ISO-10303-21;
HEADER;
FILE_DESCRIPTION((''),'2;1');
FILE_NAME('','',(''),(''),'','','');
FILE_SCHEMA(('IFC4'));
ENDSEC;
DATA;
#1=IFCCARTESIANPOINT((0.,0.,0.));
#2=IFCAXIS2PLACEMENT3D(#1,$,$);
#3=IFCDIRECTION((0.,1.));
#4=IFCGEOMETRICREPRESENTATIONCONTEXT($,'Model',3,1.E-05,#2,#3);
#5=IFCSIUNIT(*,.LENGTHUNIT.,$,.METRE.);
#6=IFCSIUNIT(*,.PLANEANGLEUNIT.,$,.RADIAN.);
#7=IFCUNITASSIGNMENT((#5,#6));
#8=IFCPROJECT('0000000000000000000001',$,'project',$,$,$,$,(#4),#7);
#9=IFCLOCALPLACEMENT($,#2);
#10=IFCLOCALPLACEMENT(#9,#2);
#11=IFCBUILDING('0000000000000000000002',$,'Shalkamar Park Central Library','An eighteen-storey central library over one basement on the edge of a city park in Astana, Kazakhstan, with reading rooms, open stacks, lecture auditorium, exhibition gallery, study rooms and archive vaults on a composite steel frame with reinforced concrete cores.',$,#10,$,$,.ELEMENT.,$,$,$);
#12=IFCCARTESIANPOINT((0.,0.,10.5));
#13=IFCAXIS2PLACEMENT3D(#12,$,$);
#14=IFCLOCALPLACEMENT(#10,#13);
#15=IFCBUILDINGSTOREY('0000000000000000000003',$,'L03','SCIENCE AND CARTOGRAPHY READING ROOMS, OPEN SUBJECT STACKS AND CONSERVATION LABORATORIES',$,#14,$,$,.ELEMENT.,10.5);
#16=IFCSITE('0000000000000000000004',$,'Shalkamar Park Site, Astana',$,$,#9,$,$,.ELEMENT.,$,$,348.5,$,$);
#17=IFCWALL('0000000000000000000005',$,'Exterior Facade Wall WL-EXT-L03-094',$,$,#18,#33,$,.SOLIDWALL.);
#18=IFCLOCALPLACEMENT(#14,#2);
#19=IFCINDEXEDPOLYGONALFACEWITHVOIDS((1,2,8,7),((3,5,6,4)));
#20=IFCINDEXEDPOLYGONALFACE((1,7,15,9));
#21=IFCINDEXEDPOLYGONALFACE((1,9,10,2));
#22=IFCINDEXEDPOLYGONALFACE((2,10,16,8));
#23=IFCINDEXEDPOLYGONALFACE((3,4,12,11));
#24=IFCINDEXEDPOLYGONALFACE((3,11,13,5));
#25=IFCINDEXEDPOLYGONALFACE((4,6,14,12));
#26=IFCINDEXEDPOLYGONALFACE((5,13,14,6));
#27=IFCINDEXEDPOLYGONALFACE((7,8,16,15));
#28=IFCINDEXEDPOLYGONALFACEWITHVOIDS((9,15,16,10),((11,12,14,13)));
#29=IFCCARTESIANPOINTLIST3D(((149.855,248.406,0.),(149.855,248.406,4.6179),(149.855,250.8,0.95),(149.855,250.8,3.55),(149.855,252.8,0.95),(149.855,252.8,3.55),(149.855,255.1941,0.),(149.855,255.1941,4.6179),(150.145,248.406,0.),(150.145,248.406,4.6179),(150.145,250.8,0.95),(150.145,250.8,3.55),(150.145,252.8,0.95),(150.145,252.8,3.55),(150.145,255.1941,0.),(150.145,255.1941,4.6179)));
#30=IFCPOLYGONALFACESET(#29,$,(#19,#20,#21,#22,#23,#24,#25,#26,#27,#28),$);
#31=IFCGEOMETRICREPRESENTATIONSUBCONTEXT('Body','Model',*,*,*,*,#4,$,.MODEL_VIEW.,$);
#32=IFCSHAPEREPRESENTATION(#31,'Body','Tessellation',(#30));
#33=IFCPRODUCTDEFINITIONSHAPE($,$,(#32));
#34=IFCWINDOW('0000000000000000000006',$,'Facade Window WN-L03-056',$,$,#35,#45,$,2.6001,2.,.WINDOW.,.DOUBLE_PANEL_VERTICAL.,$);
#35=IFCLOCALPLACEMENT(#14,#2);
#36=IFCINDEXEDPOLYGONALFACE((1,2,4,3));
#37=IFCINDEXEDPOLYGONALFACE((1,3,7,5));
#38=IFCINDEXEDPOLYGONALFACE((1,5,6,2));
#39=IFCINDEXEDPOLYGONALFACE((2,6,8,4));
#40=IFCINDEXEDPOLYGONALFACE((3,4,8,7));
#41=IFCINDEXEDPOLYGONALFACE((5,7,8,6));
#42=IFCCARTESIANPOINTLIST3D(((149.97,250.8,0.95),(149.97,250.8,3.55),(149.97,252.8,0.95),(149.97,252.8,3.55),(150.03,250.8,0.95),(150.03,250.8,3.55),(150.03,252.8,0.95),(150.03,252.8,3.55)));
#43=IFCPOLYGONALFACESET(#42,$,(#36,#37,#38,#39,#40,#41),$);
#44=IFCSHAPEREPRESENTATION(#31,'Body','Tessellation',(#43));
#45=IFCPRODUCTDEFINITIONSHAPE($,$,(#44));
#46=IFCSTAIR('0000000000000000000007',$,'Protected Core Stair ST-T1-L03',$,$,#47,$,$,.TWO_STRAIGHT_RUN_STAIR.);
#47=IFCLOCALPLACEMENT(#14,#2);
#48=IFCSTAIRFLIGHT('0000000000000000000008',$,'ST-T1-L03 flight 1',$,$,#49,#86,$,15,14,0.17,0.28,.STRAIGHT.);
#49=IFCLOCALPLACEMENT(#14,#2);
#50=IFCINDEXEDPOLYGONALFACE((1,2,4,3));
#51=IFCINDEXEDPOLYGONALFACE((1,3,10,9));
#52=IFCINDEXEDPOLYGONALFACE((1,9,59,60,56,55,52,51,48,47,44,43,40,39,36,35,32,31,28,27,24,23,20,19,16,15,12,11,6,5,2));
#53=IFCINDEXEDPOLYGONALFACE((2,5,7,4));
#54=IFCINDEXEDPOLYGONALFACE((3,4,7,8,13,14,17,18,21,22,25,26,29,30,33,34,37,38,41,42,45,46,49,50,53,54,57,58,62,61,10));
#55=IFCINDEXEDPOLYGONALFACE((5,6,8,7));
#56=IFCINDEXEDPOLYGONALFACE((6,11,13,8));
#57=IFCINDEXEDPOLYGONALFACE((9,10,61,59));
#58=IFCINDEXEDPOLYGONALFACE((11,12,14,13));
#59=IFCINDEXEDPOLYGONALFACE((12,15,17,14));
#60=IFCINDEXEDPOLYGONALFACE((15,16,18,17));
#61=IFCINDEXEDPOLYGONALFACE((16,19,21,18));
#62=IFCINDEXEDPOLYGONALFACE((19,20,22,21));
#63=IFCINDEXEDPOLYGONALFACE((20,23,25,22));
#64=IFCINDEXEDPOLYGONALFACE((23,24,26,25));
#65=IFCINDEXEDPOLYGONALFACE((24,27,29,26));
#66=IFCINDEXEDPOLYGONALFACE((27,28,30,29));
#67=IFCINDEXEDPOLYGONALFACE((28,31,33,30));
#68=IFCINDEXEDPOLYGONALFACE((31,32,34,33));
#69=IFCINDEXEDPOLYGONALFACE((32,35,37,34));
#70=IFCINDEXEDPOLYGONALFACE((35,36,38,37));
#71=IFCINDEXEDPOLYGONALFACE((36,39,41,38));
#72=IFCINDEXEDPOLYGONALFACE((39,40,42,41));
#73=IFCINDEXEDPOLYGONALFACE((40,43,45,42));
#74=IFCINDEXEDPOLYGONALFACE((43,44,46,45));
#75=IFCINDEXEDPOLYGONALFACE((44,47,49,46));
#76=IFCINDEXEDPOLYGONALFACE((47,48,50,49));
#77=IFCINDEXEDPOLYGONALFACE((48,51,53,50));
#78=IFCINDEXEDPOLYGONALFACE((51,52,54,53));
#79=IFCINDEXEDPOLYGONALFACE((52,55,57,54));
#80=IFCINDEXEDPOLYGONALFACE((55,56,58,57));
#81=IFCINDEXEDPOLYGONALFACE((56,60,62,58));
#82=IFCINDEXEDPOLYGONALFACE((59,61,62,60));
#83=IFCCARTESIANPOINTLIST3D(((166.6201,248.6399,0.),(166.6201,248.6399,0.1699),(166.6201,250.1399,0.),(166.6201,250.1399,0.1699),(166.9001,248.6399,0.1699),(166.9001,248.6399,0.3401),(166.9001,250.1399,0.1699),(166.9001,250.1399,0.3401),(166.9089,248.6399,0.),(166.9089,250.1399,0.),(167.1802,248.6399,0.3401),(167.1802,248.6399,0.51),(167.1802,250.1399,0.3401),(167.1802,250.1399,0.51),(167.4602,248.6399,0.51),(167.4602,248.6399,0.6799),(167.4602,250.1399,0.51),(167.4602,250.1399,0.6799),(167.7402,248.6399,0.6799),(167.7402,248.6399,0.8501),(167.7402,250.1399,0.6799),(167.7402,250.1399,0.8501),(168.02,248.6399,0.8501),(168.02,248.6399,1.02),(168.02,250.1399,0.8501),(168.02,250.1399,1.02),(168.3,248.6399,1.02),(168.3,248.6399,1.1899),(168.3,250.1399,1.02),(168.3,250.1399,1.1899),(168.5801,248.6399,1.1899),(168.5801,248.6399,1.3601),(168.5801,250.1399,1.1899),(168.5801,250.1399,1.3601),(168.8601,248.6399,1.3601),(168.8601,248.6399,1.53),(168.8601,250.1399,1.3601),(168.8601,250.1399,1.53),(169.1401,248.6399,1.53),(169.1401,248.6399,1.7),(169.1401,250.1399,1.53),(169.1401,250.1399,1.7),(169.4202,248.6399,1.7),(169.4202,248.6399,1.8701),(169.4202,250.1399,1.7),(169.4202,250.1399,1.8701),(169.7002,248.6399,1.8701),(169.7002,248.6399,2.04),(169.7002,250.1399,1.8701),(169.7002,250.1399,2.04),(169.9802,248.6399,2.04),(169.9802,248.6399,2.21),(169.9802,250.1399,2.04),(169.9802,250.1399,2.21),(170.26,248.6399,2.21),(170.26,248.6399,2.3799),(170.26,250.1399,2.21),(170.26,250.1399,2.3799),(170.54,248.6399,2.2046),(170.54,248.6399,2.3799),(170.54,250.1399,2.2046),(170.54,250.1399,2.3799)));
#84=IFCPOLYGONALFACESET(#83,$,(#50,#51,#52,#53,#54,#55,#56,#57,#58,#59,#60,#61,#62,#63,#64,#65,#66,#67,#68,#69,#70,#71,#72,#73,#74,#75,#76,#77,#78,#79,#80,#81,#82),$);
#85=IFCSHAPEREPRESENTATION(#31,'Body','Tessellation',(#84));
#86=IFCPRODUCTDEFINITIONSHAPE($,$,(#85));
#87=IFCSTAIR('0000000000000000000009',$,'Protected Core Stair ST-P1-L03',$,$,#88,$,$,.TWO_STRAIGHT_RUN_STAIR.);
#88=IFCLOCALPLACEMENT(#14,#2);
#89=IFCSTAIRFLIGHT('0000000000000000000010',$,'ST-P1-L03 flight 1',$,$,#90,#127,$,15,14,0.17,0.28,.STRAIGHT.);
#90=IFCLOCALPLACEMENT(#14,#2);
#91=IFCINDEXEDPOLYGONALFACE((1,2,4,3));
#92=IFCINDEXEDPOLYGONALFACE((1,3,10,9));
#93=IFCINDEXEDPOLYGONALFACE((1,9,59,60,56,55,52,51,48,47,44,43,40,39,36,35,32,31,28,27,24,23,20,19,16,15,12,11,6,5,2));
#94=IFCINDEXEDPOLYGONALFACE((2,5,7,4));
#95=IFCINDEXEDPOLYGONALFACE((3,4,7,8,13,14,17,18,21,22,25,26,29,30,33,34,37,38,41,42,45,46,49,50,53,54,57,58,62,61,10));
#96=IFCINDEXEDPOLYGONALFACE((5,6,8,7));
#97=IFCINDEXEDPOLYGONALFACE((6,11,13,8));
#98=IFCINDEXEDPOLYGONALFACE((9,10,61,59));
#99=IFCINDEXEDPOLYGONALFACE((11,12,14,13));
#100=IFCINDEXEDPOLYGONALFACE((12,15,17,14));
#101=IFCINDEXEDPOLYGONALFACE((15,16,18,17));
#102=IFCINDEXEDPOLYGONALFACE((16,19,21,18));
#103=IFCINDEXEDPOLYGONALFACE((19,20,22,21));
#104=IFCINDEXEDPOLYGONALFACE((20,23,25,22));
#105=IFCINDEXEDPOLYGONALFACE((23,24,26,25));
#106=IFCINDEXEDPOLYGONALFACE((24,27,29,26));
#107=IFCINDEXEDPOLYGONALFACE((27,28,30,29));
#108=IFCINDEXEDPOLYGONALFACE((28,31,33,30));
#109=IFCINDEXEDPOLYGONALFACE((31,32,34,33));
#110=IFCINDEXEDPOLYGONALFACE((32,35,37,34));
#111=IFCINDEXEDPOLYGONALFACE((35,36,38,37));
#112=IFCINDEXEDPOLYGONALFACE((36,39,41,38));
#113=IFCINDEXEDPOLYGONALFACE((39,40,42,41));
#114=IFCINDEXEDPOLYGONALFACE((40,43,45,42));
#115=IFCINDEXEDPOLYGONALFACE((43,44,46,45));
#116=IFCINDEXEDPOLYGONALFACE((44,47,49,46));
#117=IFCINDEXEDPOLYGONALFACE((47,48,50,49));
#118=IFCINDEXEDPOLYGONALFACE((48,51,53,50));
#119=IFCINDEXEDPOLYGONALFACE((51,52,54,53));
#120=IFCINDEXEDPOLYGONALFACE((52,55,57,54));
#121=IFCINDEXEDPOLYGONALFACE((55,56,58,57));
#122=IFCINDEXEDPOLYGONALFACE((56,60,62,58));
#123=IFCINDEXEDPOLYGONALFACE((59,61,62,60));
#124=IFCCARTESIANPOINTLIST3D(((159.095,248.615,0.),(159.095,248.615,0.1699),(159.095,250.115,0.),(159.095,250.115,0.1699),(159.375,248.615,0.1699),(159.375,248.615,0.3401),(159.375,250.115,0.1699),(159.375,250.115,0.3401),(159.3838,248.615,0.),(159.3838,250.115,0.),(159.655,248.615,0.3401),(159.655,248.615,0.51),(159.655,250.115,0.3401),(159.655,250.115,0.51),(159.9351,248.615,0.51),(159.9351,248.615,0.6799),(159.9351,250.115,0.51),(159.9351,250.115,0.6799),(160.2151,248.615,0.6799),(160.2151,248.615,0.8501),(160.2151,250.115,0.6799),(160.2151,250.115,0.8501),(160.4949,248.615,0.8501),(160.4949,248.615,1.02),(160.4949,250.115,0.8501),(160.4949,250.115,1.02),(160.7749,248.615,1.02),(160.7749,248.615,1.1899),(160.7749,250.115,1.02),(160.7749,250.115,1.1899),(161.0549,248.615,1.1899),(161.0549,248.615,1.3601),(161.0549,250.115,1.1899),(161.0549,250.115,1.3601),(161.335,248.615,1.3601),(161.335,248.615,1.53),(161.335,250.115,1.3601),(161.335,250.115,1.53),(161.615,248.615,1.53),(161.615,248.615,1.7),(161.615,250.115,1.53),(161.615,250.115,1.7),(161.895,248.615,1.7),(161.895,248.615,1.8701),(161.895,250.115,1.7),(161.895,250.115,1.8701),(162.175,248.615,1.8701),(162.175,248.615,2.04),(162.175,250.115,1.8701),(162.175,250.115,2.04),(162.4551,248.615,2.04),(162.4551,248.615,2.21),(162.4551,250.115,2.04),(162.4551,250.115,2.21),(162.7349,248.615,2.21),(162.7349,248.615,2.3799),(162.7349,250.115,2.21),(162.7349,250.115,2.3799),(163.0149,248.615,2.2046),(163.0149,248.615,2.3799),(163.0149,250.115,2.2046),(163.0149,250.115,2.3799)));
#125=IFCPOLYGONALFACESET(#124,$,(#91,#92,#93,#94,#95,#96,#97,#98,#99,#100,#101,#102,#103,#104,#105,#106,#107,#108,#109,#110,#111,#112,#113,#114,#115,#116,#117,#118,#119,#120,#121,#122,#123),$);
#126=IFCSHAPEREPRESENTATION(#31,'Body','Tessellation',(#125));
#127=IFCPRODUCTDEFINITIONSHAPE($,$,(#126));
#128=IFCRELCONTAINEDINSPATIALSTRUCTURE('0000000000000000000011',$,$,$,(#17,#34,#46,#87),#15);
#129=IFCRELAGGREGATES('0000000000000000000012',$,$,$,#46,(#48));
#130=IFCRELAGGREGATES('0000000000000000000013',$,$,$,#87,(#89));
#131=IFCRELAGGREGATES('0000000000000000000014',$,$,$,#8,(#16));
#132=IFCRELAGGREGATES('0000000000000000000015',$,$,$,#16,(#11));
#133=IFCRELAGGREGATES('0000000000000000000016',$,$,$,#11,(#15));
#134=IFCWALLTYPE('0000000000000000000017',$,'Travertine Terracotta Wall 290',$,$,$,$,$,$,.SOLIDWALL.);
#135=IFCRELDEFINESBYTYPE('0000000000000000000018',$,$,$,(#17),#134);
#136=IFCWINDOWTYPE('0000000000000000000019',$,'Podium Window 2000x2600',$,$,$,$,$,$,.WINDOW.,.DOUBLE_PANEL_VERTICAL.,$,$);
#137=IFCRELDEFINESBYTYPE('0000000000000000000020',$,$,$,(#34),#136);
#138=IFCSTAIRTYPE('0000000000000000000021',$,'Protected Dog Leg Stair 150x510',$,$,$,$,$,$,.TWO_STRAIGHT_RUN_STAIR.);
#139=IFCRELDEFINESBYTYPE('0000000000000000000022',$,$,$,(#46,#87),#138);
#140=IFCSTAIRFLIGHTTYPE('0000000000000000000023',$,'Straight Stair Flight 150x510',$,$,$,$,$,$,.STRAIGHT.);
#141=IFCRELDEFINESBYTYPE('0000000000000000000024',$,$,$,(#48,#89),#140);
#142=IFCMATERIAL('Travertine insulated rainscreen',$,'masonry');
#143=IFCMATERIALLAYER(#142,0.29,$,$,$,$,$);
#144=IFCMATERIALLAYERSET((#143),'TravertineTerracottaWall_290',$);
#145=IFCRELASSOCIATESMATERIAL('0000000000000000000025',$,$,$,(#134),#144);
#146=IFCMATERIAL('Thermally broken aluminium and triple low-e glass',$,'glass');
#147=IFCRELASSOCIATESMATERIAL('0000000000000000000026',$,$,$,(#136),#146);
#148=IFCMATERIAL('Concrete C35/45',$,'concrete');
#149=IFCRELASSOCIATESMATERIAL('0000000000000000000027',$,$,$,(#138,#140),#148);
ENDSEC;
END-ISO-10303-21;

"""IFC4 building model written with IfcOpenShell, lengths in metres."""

from ifc_helpers import new_model, si_unit, direction, frame, frame_2d, origin, place, context, subcontext, project, spatial, polyline, rectangle, outline, extrude, material, layer, layer_set, type_object, element, fill, aggregate, save


model = new_model("IFC4")

# Units and contexts
model_context = context("Model", 3, precision=1e-05, world=origin(), true_north=direction((0.0, 1.0)))
body_context = subcontext(model_context, "Body", "Model", "MODEL_VIEW")
ifc_project = project(units=[si_unit("LENGTHUNIT", "METRE"), si_unit("PLANEANGLEUNIT", "RADIAN")], contexts=[model_context])

# Site, building, storey
site_placement = place(None, origin())
site = spatial("IfcSite", under=ifc_project, at=site_placement, Name="Shalkamar Park Site, Astana", CompositionType="ELEMENT", RefElevation=348.5)
building_placement = place(site_placement, origin())
building = spatial("IfcBuilding", under=site, at=building_placement, Name="Shalkamar Park Central Library", Description="An eighteen-storey central library over one basement on the edge of a city park in Astana, Kazakhstan, with reading rooms, open stacks, lecture auditorium, exhibition gallery, study rooms and archive vaults on a composite steel frame with reinforced concrete cores.", CompositionType="ELEMENT")
storey_placement = place(building_placement, frame((0.0, 0.0, 10.5)))
storey = spatial("IfcBuildingStorey", under=building, at=storey_placement, Name="L03", Description="SCIENCE AND CARTOGRAPHY READING ROOMS, OPEN SUBJECT STACKS AND CONSERVATION LABORATORIES", CompositionType="ELEMENT", Elevation=10.5)

# Wall, opening, window
ifc_material_1 = material(Name="Travertine insulated rainscreen", Category="masonry")
ifc_layer_1 = layer(ifc_material_1, 0.29)
ifc_layer_set_1 = layer_set([ifc_layer_1], Name="TravertineTerracottaWall_290")
wall_type_1 = type_object("IfcWallType", Name="Travertine Terracotta Wall 290", PredefinedType="SOLIDWALL", material=ifc_layer_set_1)
wall_1_placement = place(storey_placement, frame((150.0, 248.406, 0.0), z_axis=(0.0, 0.0, 1.0), x_axis=(0.0, 1.0, 0.0)))
wall_1 = element("IfcWall", 1, at=wall_1_placement, inside=storey, type_object=wall_type_1, Name="Exterior Facade Wall WL-EXT-L03-094", PredefinedType="SOLIDWALL", context=body_context, shape_type="SweptSolid", body=[
    extrude(rectangle(XDim=6.7881, YDim=0.29, at=frame_2d((3.394, 0.0))), origin(), (0.0, 0.0, 1.0), 4.6179),
])
opening_placement = place(wall_1_placement, frame((2.394, 0.0, 0.95)))
opening = element("IfcOpeningElement", 2, at=opening_placement, cuts=wall_1, PredefinedType="OPENING", context=body_context, shape_type="SweptSolid", body=[
    extrude(rectangle(XDim=2.0, YDim=2.6001, at=frame_2d((1.0, 1.3))), frame((0.0, 0.1599, 0.0), z_axis=(0.0, -1.0, 0.0), x_axis=(1.0, 0.0, 0.0)), (0.0, 0.0, 1.0), 0.3198),
])
ifc_material_2 = material(Name="Thermally broken aluminium and triple low-e glass", Category="glass")
window_type = type_object("IfcWindowType", Name="Podium Window 2000x2600", PartitioningType="DOUBLE_PANEL_VERTICAL", PredefinedType="WINDOW", material=ifc_material_2)
window_placement = place(opening_placement, origin())
window = element("IfcWindow", 3, at=window_placement, inside=storey, type_object=window_type, Name="Facade Window WN-L03-056", OverallHeight=2.6001, OverallWidth=2.0, PartitioningType="DOUBLE_PANEL_VERTICAL", PredefinedType="WINDOW", context=body_context, shape_type="SweptSolid", body=[
    extrude(rectangle(XDim=2.0, YDim=2.6001, at=frame_2d((1.0, 1.3))), frame((0.0, 0.03, 0.0), z_axis=(0.0, -1.0, 0.0), x_axis=(1.0, 0.0, 0.0)), (0.0, 0.0, 1.0), 0.0601),
])
fill(opening, window)

# Stairs, stair flights
ifc_material_3 = material(Name="Concrete C35/45", Category="concrete")
stair_type = type_object("IfcStairType", Name="Protected Dog Leg Stair 150x510", PredefinedType="TWO_STRAIGHT_RUN_STAIR", material=ifc_material_3)
stair_1_placement = place(storey_placement, origin())
stair_1 = element("IfcStair", 4, at=stair_1_placement, inside=storey, type_object=stair_type, Name="Protected Core Stair ST-T1-L03", PredefinedType="TWO_STRAIGHT_RUN_STAIR")
stair_flight_type = type_object("IfcStairFlightType", Name="Straight Stair Flight 150x510", PredefinedType="STRAIGHT", material=ifc_material_3)
stair_flight_1_placement = place(storey_placement, frame((166.6201, 249.3899, 0.0), z_axis=(0.0, 0.0, 1.0), x_axis=(1.0, 0.0, 0.0)))
stair_flight_1 = element("IfcStairFlight", 5, at=stair_flight_1_placement, type_object=stair_flight_type, Name="ST-T1-L03 flight 1", NumberOfRisers=15, NumberOfTreads=14, PredefinedType="STRAIGHT", RiserHeight=0.17, TreadLength=0.28, context=body_context, shape_type="SweptSolid", body=[
    extrude(outline(polyline([(0.0, 0.0), (0.0, 0.1699), (0.28, 0.1699), (0.28, 0.3401), (0.5601, 0.3401), (0.5601, 0.51), (0.8401, 0.51), (0.8401, 0.6799), (1.1201, 0.6799), (1.1201, 0.8501), (1.3999, 0.8501), (1.3999, 1.02), (1.6799, 1.02), (1.6799, 1.1899), (1.96, 1.1899), (1.96, 1.3601), (2.24, 1.3601), (2.24, 1.53), (2.52, 1.53), (2.52, 1.7), (2.8, 1.7), (2.8, 1.8701), (3.0801, 1.8701), (3.0801, 2.04), (3.3601, 2.04), (3.3601, 2.21), (3.6399, 2.21), (3.6399, 2.3799), (3.9199, 2.3799), (3.9199, 2.55), (3.9199, 2.2046), (0.2888, 0.0), (0.0, 0.0)])), frame((0.0, 0.75, 0.0), z_axis=(0.0, -1.0, 0.0), x_axis=(1.0, 0.0, 0.0)), (0.0, 0.0, 1.0), 1.5),
])
aggregate(stair_1, [stair_flight_1])
stair_2_placement = place(storey_placement, origin())
stair_2 = element("IfcStair", 6, at=stair_2_placement, inside=storey, type_object=stair_type, Name="Protected Core Stair ST-P1-L03", PredefinedType="TWO_STRAIGHT_RUN_STAIR")
stair_flight_2_placement = place(storey_placement, frame((159.095, 249.365, 0.0), z_axis=(0.0, 0.0, 1.0), x_axis=(1.0, 0.0, 0.0)))
stair_flight_2 = element("IfcStairFlight", 7, at=stair_flight_2_placement, type_object=stair_flight_type, Name="ST-P1-L03 flight 1", NumberOfRisers=15, NumberOfTreads=14, PredefinedType="STRAIGHT", RiserHeight=0.17, TreadLength=0.28, context=body_context, shape_type="SweptSolid", body=[
    extrude(outline(polyline([(0.0, 0.0), (0.0, 0.1699), (0.28, 0.1699), (0.28, 0.3401), (0.5601, 0.3401), (0.5601, 0.51), (0.8401, 0.51), (0.8401, 0.6799), (1.1201, 0.6799), (1.1201, 0.8501), (1.3999, 0.8501), (1.3999, 1.02), (1.6799, 1.02), (1.6799, 1.1899), (1.96, 1.1899), (1.96, 1.3601), (2.24, 1.3601), (2.24, 1.53), (2.52, 1.53), (2.52, 1.7), (2.8, 1.7), (2.8, 1.8701), (3.0801, 1.8701), (3.0801, 2.04), (3.3601, 2.04), (3.3601, 2.21), (3.6399, 2.21), (3.6399, 2.3799), (3.9199, 2.3799), (3.9199, 2.55), (3.9199, 2.2046), (0.2888, 0.0), (0.0, 0.0)])), frame((0.0, 0.75, 0.0), z_axis=(0.0, -1.0, 0.0), x_axis=(1.0, 0.0, 0.0)), (0.0, 0.0, 1.0), 1.5),
])
aggregate(stair_2, [stair_flight_2])

save(model, "model.ifc")
